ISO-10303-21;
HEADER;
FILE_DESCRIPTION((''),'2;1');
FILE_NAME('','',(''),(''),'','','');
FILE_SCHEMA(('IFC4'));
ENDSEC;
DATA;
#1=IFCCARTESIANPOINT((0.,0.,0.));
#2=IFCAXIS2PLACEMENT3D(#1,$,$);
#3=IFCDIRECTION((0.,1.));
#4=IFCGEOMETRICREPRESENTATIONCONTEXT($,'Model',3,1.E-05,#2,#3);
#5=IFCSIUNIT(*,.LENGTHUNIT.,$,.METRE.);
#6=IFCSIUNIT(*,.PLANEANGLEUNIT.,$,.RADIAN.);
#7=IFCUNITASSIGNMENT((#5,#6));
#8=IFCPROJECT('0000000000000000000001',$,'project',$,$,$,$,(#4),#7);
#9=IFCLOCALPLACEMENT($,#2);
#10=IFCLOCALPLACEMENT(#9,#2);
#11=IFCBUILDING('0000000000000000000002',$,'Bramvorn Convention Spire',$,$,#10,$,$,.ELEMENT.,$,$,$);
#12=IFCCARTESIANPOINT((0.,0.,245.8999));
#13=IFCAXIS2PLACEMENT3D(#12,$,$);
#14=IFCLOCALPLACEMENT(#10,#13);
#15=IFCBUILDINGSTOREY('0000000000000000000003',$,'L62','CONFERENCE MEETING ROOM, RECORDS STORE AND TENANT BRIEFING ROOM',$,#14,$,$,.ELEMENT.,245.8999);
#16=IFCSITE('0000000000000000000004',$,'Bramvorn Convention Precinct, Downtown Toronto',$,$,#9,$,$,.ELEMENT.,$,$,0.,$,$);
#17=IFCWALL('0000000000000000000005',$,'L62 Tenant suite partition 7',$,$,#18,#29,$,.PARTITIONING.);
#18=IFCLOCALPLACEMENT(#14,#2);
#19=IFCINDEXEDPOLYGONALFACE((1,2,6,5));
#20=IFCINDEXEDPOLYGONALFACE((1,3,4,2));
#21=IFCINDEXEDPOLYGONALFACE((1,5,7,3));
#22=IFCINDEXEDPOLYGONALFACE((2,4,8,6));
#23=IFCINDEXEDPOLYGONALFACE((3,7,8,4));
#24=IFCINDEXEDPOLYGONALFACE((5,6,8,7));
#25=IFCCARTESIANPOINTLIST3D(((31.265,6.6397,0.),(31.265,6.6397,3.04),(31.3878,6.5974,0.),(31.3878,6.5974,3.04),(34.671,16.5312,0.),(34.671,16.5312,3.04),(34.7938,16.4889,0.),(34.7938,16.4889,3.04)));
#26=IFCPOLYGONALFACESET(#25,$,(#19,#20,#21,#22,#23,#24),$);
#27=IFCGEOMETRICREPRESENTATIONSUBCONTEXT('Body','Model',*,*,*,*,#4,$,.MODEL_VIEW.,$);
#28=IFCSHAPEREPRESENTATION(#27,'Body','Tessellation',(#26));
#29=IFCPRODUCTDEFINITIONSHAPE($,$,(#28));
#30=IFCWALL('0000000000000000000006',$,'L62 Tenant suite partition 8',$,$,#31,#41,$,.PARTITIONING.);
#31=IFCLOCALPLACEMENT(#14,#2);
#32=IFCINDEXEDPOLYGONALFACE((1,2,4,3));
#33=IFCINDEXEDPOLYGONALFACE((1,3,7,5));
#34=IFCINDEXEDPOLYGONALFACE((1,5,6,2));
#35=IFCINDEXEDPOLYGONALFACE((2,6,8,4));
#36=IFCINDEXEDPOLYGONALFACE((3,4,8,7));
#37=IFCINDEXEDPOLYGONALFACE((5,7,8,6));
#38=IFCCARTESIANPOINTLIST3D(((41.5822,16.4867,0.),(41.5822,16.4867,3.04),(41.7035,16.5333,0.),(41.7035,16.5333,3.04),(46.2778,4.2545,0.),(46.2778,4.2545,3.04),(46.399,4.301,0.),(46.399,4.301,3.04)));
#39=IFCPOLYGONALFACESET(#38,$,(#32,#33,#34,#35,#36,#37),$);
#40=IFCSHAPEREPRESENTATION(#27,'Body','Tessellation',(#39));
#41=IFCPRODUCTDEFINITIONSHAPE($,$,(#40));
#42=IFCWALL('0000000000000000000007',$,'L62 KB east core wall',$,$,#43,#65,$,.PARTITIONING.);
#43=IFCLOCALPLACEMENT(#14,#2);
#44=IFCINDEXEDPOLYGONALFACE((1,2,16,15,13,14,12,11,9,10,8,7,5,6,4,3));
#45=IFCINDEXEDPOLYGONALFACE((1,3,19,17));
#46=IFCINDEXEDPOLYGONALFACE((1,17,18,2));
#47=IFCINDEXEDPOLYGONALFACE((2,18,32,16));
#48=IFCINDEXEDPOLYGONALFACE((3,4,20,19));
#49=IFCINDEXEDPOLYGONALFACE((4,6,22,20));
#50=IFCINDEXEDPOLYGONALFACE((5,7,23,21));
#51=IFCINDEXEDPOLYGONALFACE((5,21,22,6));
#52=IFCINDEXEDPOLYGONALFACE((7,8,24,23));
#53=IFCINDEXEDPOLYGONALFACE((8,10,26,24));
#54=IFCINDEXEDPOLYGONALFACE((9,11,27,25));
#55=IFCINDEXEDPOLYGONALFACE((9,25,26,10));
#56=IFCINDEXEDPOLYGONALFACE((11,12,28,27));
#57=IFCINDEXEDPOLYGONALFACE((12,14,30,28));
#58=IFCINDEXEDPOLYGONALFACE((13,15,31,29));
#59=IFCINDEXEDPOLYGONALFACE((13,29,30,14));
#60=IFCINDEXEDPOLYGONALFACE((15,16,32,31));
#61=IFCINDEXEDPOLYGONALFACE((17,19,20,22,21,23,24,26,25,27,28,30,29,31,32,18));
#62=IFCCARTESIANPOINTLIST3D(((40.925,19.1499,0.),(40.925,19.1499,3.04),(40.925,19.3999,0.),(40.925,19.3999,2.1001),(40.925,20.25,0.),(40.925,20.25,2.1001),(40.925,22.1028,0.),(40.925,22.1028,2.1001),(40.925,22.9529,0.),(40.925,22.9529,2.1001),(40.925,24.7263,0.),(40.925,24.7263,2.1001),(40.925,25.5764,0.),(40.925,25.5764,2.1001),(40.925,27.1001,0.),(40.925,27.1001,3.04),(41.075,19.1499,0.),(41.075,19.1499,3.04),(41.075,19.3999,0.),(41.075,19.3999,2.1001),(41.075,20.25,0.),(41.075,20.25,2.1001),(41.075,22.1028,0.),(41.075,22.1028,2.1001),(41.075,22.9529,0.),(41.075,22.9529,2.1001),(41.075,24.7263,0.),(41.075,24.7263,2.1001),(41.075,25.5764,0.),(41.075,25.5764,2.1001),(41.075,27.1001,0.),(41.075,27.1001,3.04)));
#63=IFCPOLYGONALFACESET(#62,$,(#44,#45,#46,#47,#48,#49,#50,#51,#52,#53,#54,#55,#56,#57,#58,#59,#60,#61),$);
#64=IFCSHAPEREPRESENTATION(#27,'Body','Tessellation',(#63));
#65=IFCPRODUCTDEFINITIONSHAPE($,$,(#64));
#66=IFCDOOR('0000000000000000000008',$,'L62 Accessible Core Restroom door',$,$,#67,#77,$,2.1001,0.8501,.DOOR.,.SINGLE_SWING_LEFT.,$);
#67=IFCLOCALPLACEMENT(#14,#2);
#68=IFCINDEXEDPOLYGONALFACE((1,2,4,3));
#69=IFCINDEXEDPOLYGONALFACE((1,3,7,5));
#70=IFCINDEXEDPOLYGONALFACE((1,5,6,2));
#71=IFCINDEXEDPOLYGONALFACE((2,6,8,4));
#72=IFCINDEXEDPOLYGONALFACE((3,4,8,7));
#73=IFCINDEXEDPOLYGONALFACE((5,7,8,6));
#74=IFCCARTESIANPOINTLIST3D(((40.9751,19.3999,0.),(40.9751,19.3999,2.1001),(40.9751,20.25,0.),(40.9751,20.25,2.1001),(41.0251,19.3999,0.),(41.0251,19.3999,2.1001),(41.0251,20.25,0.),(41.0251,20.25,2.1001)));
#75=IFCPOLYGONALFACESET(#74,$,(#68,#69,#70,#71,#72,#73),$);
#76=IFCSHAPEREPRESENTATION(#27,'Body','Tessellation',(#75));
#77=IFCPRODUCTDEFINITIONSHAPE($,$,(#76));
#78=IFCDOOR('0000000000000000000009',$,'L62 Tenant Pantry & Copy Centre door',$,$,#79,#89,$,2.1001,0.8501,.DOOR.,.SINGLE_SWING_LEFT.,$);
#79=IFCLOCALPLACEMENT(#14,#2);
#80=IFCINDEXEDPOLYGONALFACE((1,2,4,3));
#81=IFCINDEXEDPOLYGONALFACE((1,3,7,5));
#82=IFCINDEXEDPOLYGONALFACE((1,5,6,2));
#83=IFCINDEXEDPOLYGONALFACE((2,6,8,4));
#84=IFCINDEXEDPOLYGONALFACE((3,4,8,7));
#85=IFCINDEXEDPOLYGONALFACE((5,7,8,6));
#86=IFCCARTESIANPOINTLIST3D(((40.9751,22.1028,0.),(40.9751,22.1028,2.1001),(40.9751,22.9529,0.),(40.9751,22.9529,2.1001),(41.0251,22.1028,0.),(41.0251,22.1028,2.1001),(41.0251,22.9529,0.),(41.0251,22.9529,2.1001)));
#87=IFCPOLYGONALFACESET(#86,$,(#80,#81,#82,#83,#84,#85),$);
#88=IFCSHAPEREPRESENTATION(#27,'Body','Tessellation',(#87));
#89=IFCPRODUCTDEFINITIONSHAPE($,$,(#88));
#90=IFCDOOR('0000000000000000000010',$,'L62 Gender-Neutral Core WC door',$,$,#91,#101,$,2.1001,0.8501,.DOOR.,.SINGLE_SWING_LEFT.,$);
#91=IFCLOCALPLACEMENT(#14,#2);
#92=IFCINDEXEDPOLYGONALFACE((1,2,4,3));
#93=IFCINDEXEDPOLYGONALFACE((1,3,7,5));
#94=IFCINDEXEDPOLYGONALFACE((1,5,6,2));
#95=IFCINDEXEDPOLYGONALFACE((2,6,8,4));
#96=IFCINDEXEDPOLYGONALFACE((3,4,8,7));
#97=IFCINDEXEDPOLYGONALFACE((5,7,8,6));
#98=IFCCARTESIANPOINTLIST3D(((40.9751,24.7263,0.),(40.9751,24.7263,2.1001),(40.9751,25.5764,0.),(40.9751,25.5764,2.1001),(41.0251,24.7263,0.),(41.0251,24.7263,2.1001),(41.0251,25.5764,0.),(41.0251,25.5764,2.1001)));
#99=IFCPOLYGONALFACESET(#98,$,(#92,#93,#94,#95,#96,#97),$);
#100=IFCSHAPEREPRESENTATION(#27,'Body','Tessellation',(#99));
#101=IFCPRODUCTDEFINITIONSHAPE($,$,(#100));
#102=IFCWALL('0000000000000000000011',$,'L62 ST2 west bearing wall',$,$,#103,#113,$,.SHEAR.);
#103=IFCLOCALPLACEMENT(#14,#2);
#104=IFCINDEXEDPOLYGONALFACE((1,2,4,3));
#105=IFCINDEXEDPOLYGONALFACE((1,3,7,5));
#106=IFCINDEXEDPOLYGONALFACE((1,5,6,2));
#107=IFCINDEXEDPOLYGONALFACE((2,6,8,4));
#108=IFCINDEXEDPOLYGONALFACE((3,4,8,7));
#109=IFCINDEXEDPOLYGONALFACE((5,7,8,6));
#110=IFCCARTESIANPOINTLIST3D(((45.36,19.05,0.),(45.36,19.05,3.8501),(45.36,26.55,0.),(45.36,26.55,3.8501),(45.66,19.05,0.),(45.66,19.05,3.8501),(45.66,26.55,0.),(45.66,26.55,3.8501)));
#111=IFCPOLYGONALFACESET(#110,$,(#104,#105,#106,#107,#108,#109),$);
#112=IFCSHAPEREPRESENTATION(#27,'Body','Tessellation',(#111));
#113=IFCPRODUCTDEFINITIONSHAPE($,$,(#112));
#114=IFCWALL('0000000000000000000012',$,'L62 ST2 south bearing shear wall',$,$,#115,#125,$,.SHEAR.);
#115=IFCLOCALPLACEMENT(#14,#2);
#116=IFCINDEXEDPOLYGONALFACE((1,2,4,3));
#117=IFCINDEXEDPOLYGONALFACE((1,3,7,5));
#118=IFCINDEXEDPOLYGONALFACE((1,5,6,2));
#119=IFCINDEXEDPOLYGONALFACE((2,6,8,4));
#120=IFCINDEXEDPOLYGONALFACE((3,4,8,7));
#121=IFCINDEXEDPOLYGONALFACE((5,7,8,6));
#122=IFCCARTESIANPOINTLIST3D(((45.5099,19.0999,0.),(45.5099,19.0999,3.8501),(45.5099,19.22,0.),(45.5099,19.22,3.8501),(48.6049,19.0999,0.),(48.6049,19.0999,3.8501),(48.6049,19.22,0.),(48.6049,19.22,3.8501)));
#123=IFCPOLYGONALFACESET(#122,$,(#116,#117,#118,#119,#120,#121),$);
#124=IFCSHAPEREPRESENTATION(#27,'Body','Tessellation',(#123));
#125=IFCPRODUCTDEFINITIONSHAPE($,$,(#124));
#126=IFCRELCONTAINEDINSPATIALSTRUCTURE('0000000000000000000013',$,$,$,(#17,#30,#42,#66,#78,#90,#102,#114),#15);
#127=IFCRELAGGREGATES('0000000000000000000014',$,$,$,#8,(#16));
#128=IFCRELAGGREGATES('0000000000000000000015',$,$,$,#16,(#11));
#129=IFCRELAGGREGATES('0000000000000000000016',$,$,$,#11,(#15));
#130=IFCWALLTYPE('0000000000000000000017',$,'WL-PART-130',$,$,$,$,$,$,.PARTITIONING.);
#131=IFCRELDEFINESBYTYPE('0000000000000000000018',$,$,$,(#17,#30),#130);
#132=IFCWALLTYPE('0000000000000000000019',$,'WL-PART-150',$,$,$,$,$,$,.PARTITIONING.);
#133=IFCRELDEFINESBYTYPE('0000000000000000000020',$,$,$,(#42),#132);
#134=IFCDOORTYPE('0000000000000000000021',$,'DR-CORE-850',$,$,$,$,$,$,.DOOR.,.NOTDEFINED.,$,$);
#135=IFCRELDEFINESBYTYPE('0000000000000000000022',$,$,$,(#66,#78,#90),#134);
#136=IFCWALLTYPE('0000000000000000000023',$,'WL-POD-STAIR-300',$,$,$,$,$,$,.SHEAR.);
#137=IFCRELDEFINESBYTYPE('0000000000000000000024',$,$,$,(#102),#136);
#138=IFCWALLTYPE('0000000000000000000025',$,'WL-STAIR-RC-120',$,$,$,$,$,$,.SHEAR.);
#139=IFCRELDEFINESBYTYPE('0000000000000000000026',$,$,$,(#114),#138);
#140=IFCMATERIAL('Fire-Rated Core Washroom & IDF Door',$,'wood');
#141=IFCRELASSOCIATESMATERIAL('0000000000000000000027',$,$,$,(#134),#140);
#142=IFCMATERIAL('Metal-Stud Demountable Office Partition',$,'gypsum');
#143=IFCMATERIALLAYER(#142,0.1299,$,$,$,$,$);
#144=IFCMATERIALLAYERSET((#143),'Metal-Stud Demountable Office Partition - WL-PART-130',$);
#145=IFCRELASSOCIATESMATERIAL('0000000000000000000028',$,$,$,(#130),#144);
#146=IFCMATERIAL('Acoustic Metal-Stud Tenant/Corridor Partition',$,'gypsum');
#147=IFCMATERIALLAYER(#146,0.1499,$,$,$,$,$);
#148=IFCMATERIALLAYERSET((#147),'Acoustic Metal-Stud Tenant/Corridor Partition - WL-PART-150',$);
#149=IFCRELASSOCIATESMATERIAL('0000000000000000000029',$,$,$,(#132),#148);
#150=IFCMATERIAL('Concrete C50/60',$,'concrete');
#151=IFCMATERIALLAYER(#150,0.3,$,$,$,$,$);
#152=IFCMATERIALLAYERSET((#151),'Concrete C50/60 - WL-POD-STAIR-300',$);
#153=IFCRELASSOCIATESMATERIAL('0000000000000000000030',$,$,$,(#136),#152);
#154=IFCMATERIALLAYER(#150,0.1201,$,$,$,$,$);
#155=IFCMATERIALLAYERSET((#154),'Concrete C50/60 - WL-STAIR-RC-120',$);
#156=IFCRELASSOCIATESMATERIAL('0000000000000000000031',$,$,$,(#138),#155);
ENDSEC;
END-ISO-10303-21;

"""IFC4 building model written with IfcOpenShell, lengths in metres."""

from ifc_helpers import new_model, si_unit, direction, frame, frame_2d, origin, place, context, subcontext, project, spatial, rectangle, extrude, material, layer, layer_set, type_object, element, fill, save


model = new_model("IFC4")

# Units and contexts
model_context = context("Model", 3, precision=1e-05, world=origin(), true_north=direction((0.0, 1.0)))
body_context = subcontext(model_context, "Body", "Model", "MODEL_VIEW")
ifc_project = project(units=[si_unit("LENGTHUNIT", "METRE"), si_unit("PLANEANGLEUNIT", "RADIAN")], contexts=[model_context])

# Site, building, storey
site_placement = place(None, origin())
site = spatial("IfcSite", under=ifc_project, at=site_placement, Name="Bramvorn Convention Precinct, Downtown Toronto", CompositionType="ELEMENT", RefElevation=0.0)
building_placement = place(site_placement, origin())
building = spatial("IfcBuilding", under=site, at=building_placement, Name="Bramvorn Convention Spire", CompositionType="ELEMENT")
storey_placement = place(building_placement, frame((0.0, 0.0, 245.8999)))
storey = spatial("IfcBuildingStorey", under=building, at=storey_placement, Name="L62", Description="CONFERENCE MEETING ROOM, RECORDS STORE AND TENANT BRIEFING ROOM", CompositionType="ELEMENT", Elevation=245.8999)

# Shared definitions
ifc_material_1 = material(Name="Concrete C50/60", Category="concrete")

# Shared definitions
ifc_material_2 = material(Name="Fire-Rated Core Washroom & IDF Door", Category="wood")
door_type_1 = type_object("IfcDoorType", Name="DR-CORE-850", OperationType="NOTDEFINED", PredefinedType="DOOR", material=ifc_material_2)

# Walls
ifc_material_3 = material(Name="Metal-Stud Demountable Office Partition", Category="gypsum")
ifc_layer_1 = layer(ifc_material_3, 0.1299)
ifc_layer_set_1 = layer_set([ifc_layer_1], Name="Metal-Stud Demountable Office Partition - WL-PART-130")
wall_type_1 = type_object("IfcWallType", Name="WL-PART-130", PredefinedType="PARTITIONING", material=ifc_layer_set_1)
wall_1_placement = place(storey_placement, frame((34.7324, 16.51, 0.0), z_axis=(0.0, 0.0, 1.0), x_axis=(-0.32558, -0.945515, 0.0)))
element("IfcWall", 1, at=wall_1_placement, inside=storey, type_object=wall_type_1, Name="L62 Tenant suite partition 7", PredefinedType="PARTITIONING", context=body_context, shape_type="SweptSolid", body=[
    extrude(rectangle(XDim=10.4614, YDim=0.1299, at=frame_2d((5.2307, 0.0))), origin(), (0.0, 0.0, 1.0), 3.04),
])
wall_2_placement = place(storey_placement, frame((41.6428, 16.51, 0.0), z_axis=(0.0, 0.0, 1.0), x_axis=(0.358372, -0.933579, 0.0)))
element("IfcWall", 2, at=wall_2_placement, inside=storey, type_object=wall_type_1, Name="L62 Tenant suite partition 8", PredefinedType="PARTITIONING", context=body_context, shape_type="SweptSolid", body=[
    extrude(rectangle(XDim=13.1025, YDim=0.1299, at=frame_2d((6.5513, 0.0))), origin(), (0.0, 0.0, 1.0), 3.04),
])

# Wall, openings, doors
ifc_material_4 = material(Name="Acoustic Metal-Stud Tenant/Corridor Partition", Category="gypsum")
ifc_layer_2 = layer(ifc_material_4, 0.1499)
ifc_layer_set_2 = layer_set([ifc_layer_2], Name="Acoustic Metal-Stud Tenant/Corridor Partition - WL-PART-150")
wall_type_2 = type_object("IfcWallType", Name="WL-PART-150", PredefinedType="PARTITIONING", material=ifc_layer_set_2)
wall_3_placement = place(storey_placement, frame((41.0, 19.1499, 0.0), z_axis=(0.0, 0.0, 1.0), x_axis=(0.0, 1.0, 0.0)))
wall_3 = element("IfcWall", 3, at=wall_3_placement, inside=storey, type_object=wall_type_2, Name="L62 KB east core wall", PredefinedType="PARTITIONING", context=body_context, shape_type="SweptSolid", body=[
    extrude(rectangle(XDim=7.9502, YDim=0.1499, at=frame_2d((3.9751, 0.0))), origin(), (0.0, 0.0, 1.0), 3.04),
])
opening_1_placement = place(wall_3_placement, frame((0.25, 0.0, 0.0)))
opening_1 = element("IfcOpeningElement", 4, at=opening_1_placement, cuts=wall_3, PredefinedType="OPENING", context=body_context, shape_type="SweptSolid", body=[
    extrude(rectangle(XDim=0.8501, YDim=2.1001, at=frame_2d((0.425, 1.05))), frame((0.0, 0.085, 0.0), z_axis=(0.0, -1.0, 0.0), x_axis=(1.0, 0.0, 0.0)), (0.0, 0.0, 1.0), 0.1699),
])
opening_2_placement = place(wall_3_placement, frame((2.9529, 0.0, 0.0)))
opening_2 = element("IfcOpeningElement", 5, at=opening_2_placement, cuts=wall_3, PredefinedType="OPENING", context=body_context, shape_type="SweptSolid", body=[
    extrude(rectangle(XDim=0.8501, YDim=2.1001, at=frame_2d((0.425, 1.05))), frame((0.0, 0.085, 0.0), z_axis=(0.0, -1.0, 0.0), x_axis=(1.0, 0.0, 0.0)), (0.0, 0.0, 1.0), 0.1699),
])
opening_3_placement = place(wall_3_placement, frame((5.5764, 0.0, 0.0)))
opening_3 = element("IfcOpeningElement", 6, at=opening_3_placement, cuts=wall_3, PredefinedType="OPENING", context=body_context, shape_type="SweptSolid", body=[
    extrude(rectangle(XDim=0.8501, YDim=2.1001, at=frame_2d((0.425, 1.05))), frame((0.0, 0.085, 0.0), z_axis=(0.0, -1.0, 0.0), x_axis=(1.0, 0.0, 0.0)), (0.0, 0.0, 1.0), 0.1699),
])
door_1_placement = place(opening_1_placement, origin())
door_1 = element("IfcDoor", 7, at=door_1_placement, inside=storey, type_object=door_type_1, Name="L62 Accessible Core Restroom door", OperationType="SINGLE_SWING_LEFT", OverallHeight=2.1001, OverallWidth=0.8501, PredefinedType="DOOR", context=body_context, shape_type="SweptSolid", body=[
    extrude(rectangle(XDim=0.8501, YDim=2.1001, at=frame_2d((0.425, 1.05))), frame((0.0, 0.0249, 0.0), z_axis=(0.0, -1.0, 0.0), x_axis=(1.0, 0.0, 0.0)), (0.0, 0.0, 1.0), 0.05),
])
fill(opening_1, door_1)
door_2_placement = place(opening_2_placement, origin())
door_2 = element("IfcDoor", 8, at=door_2_placement, inside=storey, type_object=door_type_1, Name="L62 Tenant Pantry & Copy Centre door", OperationType="SINGLE_SWING_LEFT", OverallHeight=2.1001, OverallWidth=0.8501, PredefinedType="DOOR", context=body_context, shape_type="SweptSolid", body=[
    extrude(rectangle(XDim=0.8501, YDim=2.1001, at=frame_2d((0.425, 1.05))), frame((0.0, 0.0249, 0.0), z_axis=(0.0, -1.0, 0.0), x_axis=(1.0, 0.0, 0.0)), (0.0, 0.0, 1.0), 0.05),
])
fill(opening_2, door_2)
door_3_placement = place(opening_3_placement, origin())
door_3 = element("IfcDoor", 9, at=door_3_placement, inside=storey, type_object=door_type_1, Name="L62 Gender-Neutral Core WC door", OperationType="SINGLE_SWING_LEFT", OverallHeight=2.1001, OverallWidth=0.8501, PredefinedType="DOOR", context=body_context, shape_type="SweptSolid", body=[
    extrude(rectangle(XDim=0.8501, YDim=2.1001, at=frame_2d((0.425, 1.05))), frame((0.0, 0.0249, 0.0), z_axis=(0.0, -1.0, 0.0), x_axis=(1.0, 0.0, 0.0)), (0.0, 0.0, 1.0), 0.05),
])
fill(opening_3, door_3)

# Walls
ifc_layer_3 = layer(ifc_material_1, 0.3)
ifc_layer_set_3 = layer_set([ifc_layer_3], Name="Concrete C50/60 - WL-POD-STAIR-300")
wall_type_3 = type_object("IfcWallType", Name="WL-POD-STAIR-300", PredefinedType="SHEAR", material=ifc_layer_set_3)
wall_4_placement = place(storey_placement, frame((45.51, 19.05, 0.0), z_axis=(0.0, 0.0, 1.0), x_axis=(0.0, 1.0, 0.0)))
element("IfcWall", 10, at=wall_4_placement, inside=storey, type_object=wall_type_3, Name="L62 ST2 west bearing wall", PredefinedType="SHEAR", context=body_context, shape_type="SweptSolid", body=[
    extrude(rectangle(XDim=7.5, YDim=0.3, at=frame_2d((3.75, 0.0))), origin(), (0.0, 0.0, 1.0), 3.8501),
])
ifc_layer_4 = layer(ifc_material_1, 0.1201)
ifc_layer_set_4 = layer_set([ifc_layer_4], Name="Concrete C50/60 - WL-STAIR-RC-120")
wall_type_4 = type_object("IfcWallType", Name="WL-STAIR-RC-120", PredefinedType="SHEAR", material=ifc_layer_set_4)
wall_5_placement = place(storey_placement, frame((45.51, 19.1599, 0.0), z_axis=(0.0, 0.0, 1.0), x_axis=(1.0, 0.0, 0.0)))
element("IfcWall", 11, at=wall_5_placement, inside=storey, type_object=wall_type_4, Name="L62 ST2 south bearing shear wall", PredefinedType="SHEAR", context=body_context, shape_type="SweptSolid", body=[
    extrude(rectangle(XDim=3.095, YDim=0.1201, at=frame_2d((1.5474, 0.0))), origin(), (0.0, 0.0, 1.0), 3.8501),
])

save(model, "model.ifc")
